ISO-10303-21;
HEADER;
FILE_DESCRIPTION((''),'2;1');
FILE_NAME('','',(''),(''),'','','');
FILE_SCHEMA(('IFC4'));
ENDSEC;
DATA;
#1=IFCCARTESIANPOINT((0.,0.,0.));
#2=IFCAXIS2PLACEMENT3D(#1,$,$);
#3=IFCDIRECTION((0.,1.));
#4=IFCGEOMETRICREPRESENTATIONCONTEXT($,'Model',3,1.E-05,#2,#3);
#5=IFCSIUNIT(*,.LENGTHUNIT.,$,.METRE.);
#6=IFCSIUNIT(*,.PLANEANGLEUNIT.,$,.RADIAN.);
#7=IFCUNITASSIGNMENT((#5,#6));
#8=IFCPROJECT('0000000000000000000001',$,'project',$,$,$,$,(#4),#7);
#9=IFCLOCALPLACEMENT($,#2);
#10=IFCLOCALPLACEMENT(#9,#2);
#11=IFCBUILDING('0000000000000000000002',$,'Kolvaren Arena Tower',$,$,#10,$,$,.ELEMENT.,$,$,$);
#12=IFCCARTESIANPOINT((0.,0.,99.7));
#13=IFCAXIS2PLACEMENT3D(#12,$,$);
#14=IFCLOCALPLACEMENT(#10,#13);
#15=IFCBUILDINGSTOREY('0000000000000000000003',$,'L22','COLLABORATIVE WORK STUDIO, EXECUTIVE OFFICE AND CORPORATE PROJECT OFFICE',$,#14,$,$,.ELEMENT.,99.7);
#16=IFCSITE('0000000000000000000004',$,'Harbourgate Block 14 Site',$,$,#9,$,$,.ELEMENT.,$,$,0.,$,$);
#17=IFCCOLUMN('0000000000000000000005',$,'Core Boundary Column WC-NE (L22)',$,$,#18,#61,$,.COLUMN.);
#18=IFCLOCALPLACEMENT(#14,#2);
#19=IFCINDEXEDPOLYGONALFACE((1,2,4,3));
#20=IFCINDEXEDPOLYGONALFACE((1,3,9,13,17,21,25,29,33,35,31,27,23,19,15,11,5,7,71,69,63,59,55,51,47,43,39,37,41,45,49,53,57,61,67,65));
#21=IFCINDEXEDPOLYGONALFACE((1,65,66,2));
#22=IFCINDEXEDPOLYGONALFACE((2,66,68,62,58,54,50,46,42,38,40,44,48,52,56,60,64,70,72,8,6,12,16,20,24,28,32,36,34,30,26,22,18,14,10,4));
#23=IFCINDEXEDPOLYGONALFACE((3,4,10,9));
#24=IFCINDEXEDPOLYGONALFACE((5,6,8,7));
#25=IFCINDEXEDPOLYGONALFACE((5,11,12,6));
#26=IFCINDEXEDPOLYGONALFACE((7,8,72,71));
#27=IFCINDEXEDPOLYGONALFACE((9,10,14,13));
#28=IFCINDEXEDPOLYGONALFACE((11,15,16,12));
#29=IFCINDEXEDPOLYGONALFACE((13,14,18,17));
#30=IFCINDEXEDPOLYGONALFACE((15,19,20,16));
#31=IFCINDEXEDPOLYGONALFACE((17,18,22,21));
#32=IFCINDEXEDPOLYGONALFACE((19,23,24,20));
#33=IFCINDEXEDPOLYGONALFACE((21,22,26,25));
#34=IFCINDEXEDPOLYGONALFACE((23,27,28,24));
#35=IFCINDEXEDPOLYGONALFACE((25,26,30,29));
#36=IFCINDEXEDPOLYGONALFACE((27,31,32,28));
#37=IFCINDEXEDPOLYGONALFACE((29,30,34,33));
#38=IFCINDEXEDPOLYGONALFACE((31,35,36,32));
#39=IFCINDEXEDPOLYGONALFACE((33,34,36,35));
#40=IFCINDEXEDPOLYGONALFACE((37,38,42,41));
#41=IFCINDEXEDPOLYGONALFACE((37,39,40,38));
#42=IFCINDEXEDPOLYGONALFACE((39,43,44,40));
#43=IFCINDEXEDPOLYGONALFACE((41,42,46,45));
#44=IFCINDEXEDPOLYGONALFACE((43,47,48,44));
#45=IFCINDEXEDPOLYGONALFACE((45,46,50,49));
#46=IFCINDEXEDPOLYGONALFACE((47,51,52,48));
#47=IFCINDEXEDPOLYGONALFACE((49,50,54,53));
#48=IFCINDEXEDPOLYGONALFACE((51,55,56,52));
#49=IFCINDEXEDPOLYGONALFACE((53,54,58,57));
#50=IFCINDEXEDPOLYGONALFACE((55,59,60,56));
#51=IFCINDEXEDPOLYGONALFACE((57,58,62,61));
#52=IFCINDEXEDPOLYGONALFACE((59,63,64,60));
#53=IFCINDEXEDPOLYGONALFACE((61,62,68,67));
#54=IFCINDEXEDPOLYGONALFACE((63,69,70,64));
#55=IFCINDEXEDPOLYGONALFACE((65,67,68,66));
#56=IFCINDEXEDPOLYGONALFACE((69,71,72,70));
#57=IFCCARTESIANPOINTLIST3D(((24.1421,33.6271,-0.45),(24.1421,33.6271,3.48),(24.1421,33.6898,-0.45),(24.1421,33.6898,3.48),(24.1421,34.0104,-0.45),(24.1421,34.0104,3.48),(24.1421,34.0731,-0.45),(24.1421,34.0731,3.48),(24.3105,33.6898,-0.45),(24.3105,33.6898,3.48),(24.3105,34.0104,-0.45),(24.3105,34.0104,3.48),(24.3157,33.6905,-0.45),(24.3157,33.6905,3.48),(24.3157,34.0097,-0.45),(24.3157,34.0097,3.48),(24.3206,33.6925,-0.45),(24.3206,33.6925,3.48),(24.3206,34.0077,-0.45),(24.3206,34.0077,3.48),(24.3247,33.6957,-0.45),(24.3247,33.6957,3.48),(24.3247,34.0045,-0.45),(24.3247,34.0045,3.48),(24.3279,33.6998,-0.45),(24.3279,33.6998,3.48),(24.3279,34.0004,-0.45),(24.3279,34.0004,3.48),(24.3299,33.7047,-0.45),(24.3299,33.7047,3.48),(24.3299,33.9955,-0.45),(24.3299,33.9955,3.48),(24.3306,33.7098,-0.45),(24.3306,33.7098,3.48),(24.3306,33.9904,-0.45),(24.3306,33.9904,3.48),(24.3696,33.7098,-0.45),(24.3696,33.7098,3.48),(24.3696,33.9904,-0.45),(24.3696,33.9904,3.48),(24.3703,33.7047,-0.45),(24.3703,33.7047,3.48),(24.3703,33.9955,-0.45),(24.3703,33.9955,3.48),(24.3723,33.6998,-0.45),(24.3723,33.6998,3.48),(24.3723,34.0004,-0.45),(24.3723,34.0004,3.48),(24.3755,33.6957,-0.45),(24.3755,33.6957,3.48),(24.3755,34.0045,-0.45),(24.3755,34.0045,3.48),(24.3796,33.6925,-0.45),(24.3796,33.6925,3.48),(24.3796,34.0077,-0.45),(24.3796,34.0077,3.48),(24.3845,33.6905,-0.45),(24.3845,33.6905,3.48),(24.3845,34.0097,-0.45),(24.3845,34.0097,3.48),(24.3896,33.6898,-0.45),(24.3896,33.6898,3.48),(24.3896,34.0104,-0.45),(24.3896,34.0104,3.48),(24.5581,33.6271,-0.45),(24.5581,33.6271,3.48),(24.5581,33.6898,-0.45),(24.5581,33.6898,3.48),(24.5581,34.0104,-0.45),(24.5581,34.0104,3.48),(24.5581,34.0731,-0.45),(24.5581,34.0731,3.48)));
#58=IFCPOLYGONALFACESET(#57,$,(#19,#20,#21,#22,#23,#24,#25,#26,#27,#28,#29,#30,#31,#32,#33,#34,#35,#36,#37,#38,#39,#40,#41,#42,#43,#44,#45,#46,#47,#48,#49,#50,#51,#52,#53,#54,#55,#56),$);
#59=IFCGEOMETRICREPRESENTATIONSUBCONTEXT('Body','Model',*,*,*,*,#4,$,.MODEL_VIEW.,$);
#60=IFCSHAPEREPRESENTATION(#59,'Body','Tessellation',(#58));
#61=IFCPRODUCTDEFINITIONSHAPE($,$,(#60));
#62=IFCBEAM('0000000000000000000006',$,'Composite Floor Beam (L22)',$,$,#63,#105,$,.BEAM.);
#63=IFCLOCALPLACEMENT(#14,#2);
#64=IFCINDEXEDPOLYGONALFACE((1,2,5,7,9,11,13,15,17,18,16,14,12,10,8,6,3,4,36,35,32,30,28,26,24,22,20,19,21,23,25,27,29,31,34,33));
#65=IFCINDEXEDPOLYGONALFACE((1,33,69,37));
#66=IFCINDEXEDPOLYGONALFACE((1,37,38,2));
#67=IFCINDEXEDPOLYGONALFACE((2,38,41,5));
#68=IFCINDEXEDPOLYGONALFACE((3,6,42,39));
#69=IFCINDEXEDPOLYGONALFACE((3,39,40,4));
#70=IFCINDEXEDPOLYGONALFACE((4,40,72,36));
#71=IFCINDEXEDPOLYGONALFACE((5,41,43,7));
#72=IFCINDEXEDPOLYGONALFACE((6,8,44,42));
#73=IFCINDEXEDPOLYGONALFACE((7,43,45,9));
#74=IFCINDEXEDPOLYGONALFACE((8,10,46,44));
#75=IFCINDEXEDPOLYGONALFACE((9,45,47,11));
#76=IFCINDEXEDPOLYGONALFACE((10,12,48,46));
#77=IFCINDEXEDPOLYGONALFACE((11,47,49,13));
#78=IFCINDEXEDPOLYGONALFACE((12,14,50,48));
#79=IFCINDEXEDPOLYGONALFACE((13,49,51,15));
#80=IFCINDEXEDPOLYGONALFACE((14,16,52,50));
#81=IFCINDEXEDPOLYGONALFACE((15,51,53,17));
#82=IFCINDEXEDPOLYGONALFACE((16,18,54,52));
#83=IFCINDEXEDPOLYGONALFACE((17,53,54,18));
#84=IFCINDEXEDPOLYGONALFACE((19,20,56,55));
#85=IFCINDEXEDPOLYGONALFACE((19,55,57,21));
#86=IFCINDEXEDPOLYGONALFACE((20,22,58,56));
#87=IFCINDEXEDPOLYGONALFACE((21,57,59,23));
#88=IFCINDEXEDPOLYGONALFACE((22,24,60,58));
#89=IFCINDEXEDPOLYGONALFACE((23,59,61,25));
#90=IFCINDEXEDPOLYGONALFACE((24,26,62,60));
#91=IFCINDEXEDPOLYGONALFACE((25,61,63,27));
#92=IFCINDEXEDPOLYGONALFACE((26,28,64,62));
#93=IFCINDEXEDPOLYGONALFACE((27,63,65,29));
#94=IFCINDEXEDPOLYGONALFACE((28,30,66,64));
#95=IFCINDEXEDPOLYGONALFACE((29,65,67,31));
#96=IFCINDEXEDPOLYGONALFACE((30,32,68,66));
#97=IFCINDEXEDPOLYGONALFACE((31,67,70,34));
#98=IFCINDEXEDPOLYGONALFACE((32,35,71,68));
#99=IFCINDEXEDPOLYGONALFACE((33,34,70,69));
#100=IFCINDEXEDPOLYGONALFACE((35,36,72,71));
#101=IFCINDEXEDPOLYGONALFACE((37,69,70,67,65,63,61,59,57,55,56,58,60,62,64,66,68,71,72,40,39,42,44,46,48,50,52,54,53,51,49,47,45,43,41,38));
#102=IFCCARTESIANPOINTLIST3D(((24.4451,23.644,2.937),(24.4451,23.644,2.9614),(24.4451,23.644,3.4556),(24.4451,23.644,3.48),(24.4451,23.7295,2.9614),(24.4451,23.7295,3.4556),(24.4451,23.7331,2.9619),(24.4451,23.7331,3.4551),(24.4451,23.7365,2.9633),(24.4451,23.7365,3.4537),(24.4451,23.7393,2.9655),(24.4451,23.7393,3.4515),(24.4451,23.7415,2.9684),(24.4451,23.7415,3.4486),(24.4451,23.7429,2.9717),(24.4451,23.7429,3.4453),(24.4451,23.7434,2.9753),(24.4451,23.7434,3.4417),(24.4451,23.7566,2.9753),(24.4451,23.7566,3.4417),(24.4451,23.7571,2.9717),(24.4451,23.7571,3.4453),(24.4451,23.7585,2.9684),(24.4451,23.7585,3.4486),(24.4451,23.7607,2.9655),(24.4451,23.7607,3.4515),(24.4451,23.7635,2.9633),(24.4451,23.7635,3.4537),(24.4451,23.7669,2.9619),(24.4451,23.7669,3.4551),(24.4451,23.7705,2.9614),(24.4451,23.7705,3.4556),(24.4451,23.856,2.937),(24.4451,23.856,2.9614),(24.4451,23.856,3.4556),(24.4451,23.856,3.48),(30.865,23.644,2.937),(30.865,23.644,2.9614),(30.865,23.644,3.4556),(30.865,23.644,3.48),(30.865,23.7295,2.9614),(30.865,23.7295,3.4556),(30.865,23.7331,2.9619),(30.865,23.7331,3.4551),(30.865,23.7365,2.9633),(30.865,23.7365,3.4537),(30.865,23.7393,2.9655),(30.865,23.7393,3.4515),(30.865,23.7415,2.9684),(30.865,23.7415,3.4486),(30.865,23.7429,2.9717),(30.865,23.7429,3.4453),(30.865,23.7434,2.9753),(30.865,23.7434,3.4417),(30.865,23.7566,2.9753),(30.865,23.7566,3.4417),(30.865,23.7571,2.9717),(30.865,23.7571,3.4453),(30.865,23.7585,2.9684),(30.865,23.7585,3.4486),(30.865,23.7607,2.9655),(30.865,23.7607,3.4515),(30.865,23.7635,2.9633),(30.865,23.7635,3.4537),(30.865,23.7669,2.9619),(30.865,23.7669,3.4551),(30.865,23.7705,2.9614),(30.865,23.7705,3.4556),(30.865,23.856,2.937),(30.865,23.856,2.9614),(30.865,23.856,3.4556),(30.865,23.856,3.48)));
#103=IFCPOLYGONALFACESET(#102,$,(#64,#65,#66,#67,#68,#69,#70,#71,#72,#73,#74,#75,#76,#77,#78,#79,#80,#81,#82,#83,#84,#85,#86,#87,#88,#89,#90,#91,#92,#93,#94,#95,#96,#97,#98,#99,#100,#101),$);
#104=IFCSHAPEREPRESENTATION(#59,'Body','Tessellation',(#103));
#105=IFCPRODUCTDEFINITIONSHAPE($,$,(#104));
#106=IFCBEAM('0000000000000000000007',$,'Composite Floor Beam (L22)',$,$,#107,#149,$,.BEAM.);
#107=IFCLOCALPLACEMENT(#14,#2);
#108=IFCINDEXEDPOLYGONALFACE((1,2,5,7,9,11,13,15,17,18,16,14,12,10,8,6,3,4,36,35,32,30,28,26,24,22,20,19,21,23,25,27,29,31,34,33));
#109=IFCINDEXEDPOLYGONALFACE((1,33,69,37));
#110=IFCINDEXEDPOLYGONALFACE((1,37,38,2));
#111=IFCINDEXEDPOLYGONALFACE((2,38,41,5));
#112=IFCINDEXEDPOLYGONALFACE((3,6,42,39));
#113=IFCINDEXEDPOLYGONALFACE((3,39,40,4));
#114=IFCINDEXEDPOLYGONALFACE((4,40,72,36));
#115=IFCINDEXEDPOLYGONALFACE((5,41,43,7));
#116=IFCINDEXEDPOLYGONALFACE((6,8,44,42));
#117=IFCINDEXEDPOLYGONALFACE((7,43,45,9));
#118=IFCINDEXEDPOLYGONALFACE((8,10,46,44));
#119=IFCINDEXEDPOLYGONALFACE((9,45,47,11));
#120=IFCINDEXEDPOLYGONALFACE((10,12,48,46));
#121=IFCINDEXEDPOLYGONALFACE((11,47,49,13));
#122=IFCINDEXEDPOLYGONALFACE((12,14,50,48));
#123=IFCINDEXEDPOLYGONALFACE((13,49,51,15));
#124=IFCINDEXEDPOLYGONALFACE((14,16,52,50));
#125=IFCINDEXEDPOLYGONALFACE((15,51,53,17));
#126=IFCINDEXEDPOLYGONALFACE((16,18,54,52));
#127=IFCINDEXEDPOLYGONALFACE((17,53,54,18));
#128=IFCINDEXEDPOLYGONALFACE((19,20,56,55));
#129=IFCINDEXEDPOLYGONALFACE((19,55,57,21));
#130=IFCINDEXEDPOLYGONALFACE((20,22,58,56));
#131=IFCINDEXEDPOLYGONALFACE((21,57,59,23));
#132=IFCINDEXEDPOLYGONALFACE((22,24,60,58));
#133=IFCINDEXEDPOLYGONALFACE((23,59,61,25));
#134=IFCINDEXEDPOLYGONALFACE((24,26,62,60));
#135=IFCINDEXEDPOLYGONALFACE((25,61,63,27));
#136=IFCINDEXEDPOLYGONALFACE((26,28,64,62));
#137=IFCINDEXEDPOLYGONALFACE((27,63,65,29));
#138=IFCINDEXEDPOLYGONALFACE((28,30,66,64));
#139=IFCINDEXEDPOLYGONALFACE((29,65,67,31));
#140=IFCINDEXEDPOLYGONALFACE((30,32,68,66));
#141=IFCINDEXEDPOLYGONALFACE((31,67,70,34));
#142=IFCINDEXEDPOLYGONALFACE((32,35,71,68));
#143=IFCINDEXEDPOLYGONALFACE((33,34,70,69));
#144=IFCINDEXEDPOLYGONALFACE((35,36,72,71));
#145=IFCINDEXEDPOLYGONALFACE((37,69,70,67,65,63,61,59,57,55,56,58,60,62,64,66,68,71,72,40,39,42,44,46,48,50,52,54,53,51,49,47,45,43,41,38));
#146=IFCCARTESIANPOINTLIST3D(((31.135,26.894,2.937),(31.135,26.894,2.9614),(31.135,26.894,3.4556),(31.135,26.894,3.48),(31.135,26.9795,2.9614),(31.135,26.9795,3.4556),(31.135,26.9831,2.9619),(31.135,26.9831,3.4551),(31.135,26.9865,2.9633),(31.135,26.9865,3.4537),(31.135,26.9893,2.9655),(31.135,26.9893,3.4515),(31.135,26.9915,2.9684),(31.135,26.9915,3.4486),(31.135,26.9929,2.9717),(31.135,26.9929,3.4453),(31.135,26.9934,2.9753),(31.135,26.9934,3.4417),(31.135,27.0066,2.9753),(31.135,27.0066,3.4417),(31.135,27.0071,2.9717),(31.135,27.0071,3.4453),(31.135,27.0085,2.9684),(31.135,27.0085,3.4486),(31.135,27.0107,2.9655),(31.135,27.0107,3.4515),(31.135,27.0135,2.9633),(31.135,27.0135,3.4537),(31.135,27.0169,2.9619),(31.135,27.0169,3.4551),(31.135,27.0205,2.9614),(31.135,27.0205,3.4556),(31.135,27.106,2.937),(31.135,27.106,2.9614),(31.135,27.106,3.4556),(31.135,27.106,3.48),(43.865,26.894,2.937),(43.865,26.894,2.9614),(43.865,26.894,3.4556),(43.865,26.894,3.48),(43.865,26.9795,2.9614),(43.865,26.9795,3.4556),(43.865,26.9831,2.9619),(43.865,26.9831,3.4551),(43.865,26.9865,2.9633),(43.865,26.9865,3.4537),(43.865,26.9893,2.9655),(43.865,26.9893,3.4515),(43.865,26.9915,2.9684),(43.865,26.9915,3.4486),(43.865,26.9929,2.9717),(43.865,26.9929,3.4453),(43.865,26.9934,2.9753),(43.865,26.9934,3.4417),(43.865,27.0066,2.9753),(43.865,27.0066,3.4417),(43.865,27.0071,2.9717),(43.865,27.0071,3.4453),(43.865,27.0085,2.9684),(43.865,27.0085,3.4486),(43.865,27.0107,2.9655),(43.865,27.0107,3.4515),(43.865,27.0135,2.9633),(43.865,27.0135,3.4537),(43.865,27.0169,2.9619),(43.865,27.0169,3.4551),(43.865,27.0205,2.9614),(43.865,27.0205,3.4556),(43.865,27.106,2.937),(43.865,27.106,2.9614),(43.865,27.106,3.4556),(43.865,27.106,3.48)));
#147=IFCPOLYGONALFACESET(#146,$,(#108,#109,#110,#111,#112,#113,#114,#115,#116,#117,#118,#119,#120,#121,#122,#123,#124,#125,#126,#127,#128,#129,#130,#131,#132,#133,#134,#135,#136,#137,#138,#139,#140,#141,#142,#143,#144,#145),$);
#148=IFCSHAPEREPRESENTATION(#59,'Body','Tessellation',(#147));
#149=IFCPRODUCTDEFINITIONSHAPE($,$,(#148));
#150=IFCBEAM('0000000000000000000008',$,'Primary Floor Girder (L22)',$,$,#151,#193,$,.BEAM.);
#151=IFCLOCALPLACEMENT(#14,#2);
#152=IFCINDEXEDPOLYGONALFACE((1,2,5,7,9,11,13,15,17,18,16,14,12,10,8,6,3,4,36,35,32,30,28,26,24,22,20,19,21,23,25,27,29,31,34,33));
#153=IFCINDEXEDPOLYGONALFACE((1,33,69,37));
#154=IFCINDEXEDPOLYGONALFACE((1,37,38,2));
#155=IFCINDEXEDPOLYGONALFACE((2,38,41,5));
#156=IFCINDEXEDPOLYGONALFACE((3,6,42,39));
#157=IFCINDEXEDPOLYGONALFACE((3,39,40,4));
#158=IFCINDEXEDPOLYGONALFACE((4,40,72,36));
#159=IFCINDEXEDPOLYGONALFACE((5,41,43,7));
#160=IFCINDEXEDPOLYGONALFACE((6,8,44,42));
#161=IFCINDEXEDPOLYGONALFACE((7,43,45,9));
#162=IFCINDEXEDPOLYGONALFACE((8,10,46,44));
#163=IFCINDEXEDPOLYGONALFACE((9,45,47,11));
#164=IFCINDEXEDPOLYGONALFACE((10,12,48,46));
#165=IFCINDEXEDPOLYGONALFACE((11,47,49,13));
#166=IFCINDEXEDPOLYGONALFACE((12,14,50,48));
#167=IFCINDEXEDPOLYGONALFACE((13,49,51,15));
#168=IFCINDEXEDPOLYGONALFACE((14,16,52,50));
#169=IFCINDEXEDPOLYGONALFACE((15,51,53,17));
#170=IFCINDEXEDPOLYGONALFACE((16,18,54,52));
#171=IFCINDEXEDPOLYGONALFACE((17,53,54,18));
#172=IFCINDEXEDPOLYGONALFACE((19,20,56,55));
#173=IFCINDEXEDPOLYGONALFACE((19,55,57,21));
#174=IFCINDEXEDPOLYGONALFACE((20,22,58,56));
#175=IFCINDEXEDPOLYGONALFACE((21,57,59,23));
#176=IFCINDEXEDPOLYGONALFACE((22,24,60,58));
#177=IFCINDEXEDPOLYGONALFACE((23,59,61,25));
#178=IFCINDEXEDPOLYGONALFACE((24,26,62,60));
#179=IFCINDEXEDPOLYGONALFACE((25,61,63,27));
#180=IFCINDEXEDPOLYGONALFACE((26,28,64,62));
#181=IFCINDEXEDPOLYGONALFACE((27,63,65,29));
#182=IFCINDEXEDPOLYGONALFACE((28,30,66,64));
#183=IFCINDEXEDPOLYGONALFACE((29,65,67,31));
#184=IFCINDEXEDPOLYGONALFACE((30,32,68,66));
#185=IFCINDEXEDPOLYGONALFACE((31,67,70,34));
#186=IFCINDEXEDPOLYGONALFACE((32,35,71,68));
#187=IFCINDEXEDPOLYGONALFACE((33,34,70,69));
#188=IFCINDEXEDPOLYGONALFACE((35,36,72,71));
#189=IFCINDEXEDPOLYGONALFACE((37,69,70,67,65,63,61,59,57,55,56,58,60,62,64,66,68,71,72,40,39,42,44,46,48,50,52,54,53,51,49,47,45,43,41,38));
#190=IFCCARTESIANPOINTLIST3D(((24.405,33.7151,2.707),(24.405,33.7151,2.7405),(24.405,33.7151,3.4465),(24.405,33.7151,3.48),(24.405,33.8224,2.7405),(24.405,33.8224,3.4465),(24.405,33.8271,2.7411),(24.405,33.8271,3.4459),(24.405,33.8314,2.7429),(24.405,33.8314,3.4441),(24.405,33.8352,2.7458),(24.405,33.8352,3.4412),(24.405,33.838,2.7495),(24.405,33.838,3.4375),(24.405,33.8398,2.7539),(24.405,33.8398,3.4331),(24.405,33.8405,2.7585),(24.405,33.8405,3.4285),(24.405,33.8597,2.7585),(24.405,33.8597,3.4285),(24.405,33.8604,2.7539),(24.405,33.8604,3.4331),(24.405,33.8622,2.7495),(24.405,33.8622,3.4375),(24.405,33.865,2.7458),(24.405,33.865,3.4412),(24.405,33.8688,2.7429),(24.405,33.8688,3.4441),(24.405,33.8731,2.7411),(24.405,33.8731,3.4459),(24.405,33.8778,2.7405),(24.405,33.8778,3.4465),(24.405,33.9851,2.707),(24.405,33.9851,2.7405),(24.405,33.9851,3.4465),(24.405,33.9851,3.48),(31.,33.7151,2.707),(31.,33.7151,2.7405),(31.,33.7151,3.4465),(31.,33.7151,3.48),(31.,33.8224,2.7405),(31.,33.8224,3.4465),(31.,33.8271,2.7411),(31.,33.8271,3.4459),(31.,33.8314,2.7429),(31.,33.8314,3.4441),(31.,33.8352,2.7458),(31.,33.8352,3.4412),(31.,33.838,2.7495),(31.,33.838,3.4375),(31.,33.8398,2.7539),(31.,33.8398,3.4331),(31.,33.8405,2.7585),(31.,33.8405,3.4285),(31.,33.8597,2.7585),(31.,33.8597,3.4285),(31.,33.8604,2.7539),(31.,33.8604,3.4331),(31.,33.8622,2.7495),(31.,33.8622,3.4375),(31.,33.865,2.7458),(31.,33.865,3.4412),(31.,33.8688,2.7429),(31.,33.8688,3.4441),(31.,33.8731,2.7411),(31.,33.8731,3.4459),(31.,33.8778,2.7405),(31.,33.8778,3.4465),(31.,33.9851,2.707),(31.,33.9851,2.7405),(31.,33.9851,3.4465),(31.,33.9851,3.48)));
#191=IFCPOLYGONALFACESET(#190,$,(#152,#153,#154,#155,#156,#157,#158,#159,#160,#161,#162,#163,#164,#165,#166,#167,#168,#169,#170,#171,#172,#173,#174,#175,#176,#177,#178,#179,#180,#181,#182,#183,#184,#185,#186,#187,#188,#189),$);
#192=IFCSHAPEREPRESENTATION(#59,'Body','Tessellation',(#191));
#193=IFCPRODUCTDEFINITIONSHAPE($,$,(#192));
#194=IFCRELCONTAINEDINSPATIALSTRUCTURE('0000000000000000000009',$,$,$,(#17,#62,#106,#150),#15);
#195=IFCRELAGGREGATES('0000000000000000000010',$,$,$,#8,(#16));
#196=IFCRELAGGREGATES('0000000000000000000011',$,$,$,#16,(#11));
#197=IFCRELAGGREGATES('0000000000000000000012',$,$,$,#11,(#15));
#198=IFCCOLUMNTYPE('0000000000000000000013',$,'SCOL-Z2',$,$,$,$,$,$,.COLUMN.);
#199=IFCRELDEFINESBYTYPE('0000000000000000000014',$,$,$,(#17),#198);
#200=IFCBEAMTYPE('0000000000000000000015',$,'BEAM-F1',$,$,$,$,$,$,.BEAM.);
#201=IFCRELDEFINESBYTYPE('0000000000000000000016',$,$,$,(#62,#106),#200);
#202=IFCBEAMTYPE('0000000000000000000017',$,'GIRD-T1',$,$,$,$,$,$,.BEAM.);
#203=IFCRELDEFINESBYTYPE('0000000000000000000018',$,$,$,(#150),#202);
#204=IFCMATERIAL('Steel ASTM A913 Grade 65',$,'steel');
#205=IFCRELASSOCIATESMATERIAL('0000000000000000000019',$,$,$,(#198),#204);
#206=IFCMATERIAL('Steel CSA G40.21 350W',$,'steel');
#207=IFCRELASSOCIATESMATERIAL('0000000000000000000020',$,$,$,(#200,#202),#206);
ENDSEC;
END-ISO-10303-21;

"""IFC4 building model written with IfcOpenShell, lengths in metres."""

from ifc_helpers import new_model, si_unit, direction, frame, origin, origin_2d, place, context, subcontext, project, spatial, i_section, extrude, material, material_profile, profile_set, type_object, element, save


model = new_model("IFC4")

# Units and contexts
model_context = context("Model", 3, precision=1e-05, world=origin(), true_north=direction((0.0, 1.0)))
body_context = subcontext(model_context, "Body", "Model", "MODEL_VIEW")
ifc_project = project(units=[si_unit("LENGTHUNIT", "METRE"), si_unit("PLANEANGLEUNIT", "RADIAN")], contexts=[model_context])

# Site, building, storey
site_placement = place(None, origin())
site = spatial("IfcSite", under=ifc_project, at=site_placement, Name="Harbourgate Block 14 Site", CompositionType="ELEMENT", RefElevation=0.0)
building_placement = place(site_placement, origin())
building = spatial("IfcBuilding", under=site, at=building_placement, Name="Kolvaren Arena Tower", CompositionType="ELEMENT")
storey_placement = place(building_placement, frame((0.0, 0.0, 99.7)))
storey = spatial("IfcBuildingStorey", under=building, at=storey_placement, Name="L22", Description="COLLABORATIVE WORK STUDIO, EXECUTIVE OFFICE AND CORPORATE PROJECT OFFICE", CompositionType="ELEMENT", Elevation=99.7)

# Column
ifc_material_1 = material(Name="Steel ASTM A913 Grade 65", Category="steel")
ifc_material_profile_1 = material_profile(ifc_material_1, i_section(OverallWidth=0.416, OverallDepth=0.446, WebThickness=0.0391, FlangeThickness=0.0627, FilletRadius=0.02, at=origin_2d()), Name="W360x509")
ifc_profile_set_1 = profile_set([ifc_material_profile_1], Name="Steel ASTM A913 Grade 65")
column_type = type_object("IfcColumnType", Name="SCOL-Z2", PredefinedType="COLUMN", material=ifc_profile_set_1)
column_placement = place(storey_placement, frame((24.3501, 33.8501, -0.45), z_axis=(0.0, 0.0, 1.0), x_axis=(1.0, 0.0, 0.0)))
element("IfcColumn", 1, at=column_placement, inside=storey, type_object=column_type, Name="Core Boundary Column WC-NE (L22)", PredefinedType="COLUMN", context=body_context, shape_type="SweptSolid", body=[
    extrude(i_section(OverallWidth=0.416, OverallDepth=0.446, WebThickness=0.0391, FlangeThickness=0.0627, FilletRadius=0.02, at=origin_2d()), origin(), (0.0, 0.0, 1.0), 3.9299),
])

# Beams
ifc_material_2 = material(Name="Steel CSA G40.21 350W", Category="steel")
ifc_material_profile_2 = material_profile(ifc_material_2, i_section(OverallWidth=0.2119, OverallDepth=0.543, WebThickness=0.0132, FlangeThickness=0.0244, FilletRadius=0.0139, at=origin_2d()), Name="W530x150")
ifc_profile_set_2 = profile_set([ifc_material_profile_2], Name="Steel CSA G40.21 350W")
beam_type_1 = type_object("IfcBeamType", Name="BEAM-F1", PredefinedType="BEAM", material=ifc_profile_set_2)
beam_1_placement = place(storey_placement, frame((24.4451, 23.75, 3.2085), z_axis=(1.0, 0.0, 0.0), x_axis=(0.0, 1.0, 0.0)))
element("IfcBeam", 2, at=beam_1_placement, inside=storey, type_object=beam_type_1, Name="Composite Floor Beam (L22)", PredefinedType="BEAM", context=body_context, shape_type="SweptSolid", body=[
    extrude(i_section(OverallWidth=0.2119, OverallDepth=0.543, WebThickness=0.0132, FlangeThickness=0.0244, FilletRadius=0.0139, at=origin_2d()), origin(), (0.0, 0.0, 1.0), 6.4199),
])
beam_2_placement = place(storey_placement, frame((31.135, 27.0, 3.2085), z_axis=(1.0, 0.0, 0.0), x_axis=(0.0, 1.0, 0.0)))
element("IfcBeam", 3, at=beam_2_placement, inside=storey, type_object=beam_type_1, Name="Composite Floor Beam (L22)", PredefinedType="BEAM", context=body_context, shape_type="SweptSolid", body=[
    extrude(i_section(OverallWidth=0.2119, OverallDepth=0.543, WebThickness=0.0132, FlangeThickness=0.0244, FilletRadius=0.0139, at=origin_2d()), origin(), (0.0, 0.0, 1.0), 12.73),
])
ifc_material_profile_3 = material_profile(ifc_material_2, i_section(OverallWidth=0.27, OverallDepth=0.7729, WebThickness=0.0193, FlangeThickness=0.0334, FilletRadius=0.0181, at=origin_2d()), Name="W760x257")
ifc_profile_set_3 = profile_set([ifc_material_profile_3], Name="Steel CSA G40.21 350W")
beam_type_2 = type_object("IfcBeamType", Name="GIRD-T1", PredefinedType="BEAM", material=ifc_profile_set_3)
beam_3_placement = place(storey_placement, frame((24.405, 33.8501, 3.0935), z_axis=(1.0, 0.0, 0.0), x_axis=(0.0, 1.0, 0.0)))
element("IfcBeam", 4, at=beam_3_placement, inside=storey, type_object=beam_type_2, Name="Primary Floor Girder (L22)", PredefinedType="BEAM", context=body_context, shape_type="SweptSolid", body=[
    extrude(i_section(OverallWidth=0.27, OverallDepth=0.7729, WebThickness=0.0193, FlangeThickness=0.0334, FilletRadius=0.0181, at=origin_2d()), origin(), (0.0, 0.0, 1.0), 6.595),
])

save(model, "model.ifc")
